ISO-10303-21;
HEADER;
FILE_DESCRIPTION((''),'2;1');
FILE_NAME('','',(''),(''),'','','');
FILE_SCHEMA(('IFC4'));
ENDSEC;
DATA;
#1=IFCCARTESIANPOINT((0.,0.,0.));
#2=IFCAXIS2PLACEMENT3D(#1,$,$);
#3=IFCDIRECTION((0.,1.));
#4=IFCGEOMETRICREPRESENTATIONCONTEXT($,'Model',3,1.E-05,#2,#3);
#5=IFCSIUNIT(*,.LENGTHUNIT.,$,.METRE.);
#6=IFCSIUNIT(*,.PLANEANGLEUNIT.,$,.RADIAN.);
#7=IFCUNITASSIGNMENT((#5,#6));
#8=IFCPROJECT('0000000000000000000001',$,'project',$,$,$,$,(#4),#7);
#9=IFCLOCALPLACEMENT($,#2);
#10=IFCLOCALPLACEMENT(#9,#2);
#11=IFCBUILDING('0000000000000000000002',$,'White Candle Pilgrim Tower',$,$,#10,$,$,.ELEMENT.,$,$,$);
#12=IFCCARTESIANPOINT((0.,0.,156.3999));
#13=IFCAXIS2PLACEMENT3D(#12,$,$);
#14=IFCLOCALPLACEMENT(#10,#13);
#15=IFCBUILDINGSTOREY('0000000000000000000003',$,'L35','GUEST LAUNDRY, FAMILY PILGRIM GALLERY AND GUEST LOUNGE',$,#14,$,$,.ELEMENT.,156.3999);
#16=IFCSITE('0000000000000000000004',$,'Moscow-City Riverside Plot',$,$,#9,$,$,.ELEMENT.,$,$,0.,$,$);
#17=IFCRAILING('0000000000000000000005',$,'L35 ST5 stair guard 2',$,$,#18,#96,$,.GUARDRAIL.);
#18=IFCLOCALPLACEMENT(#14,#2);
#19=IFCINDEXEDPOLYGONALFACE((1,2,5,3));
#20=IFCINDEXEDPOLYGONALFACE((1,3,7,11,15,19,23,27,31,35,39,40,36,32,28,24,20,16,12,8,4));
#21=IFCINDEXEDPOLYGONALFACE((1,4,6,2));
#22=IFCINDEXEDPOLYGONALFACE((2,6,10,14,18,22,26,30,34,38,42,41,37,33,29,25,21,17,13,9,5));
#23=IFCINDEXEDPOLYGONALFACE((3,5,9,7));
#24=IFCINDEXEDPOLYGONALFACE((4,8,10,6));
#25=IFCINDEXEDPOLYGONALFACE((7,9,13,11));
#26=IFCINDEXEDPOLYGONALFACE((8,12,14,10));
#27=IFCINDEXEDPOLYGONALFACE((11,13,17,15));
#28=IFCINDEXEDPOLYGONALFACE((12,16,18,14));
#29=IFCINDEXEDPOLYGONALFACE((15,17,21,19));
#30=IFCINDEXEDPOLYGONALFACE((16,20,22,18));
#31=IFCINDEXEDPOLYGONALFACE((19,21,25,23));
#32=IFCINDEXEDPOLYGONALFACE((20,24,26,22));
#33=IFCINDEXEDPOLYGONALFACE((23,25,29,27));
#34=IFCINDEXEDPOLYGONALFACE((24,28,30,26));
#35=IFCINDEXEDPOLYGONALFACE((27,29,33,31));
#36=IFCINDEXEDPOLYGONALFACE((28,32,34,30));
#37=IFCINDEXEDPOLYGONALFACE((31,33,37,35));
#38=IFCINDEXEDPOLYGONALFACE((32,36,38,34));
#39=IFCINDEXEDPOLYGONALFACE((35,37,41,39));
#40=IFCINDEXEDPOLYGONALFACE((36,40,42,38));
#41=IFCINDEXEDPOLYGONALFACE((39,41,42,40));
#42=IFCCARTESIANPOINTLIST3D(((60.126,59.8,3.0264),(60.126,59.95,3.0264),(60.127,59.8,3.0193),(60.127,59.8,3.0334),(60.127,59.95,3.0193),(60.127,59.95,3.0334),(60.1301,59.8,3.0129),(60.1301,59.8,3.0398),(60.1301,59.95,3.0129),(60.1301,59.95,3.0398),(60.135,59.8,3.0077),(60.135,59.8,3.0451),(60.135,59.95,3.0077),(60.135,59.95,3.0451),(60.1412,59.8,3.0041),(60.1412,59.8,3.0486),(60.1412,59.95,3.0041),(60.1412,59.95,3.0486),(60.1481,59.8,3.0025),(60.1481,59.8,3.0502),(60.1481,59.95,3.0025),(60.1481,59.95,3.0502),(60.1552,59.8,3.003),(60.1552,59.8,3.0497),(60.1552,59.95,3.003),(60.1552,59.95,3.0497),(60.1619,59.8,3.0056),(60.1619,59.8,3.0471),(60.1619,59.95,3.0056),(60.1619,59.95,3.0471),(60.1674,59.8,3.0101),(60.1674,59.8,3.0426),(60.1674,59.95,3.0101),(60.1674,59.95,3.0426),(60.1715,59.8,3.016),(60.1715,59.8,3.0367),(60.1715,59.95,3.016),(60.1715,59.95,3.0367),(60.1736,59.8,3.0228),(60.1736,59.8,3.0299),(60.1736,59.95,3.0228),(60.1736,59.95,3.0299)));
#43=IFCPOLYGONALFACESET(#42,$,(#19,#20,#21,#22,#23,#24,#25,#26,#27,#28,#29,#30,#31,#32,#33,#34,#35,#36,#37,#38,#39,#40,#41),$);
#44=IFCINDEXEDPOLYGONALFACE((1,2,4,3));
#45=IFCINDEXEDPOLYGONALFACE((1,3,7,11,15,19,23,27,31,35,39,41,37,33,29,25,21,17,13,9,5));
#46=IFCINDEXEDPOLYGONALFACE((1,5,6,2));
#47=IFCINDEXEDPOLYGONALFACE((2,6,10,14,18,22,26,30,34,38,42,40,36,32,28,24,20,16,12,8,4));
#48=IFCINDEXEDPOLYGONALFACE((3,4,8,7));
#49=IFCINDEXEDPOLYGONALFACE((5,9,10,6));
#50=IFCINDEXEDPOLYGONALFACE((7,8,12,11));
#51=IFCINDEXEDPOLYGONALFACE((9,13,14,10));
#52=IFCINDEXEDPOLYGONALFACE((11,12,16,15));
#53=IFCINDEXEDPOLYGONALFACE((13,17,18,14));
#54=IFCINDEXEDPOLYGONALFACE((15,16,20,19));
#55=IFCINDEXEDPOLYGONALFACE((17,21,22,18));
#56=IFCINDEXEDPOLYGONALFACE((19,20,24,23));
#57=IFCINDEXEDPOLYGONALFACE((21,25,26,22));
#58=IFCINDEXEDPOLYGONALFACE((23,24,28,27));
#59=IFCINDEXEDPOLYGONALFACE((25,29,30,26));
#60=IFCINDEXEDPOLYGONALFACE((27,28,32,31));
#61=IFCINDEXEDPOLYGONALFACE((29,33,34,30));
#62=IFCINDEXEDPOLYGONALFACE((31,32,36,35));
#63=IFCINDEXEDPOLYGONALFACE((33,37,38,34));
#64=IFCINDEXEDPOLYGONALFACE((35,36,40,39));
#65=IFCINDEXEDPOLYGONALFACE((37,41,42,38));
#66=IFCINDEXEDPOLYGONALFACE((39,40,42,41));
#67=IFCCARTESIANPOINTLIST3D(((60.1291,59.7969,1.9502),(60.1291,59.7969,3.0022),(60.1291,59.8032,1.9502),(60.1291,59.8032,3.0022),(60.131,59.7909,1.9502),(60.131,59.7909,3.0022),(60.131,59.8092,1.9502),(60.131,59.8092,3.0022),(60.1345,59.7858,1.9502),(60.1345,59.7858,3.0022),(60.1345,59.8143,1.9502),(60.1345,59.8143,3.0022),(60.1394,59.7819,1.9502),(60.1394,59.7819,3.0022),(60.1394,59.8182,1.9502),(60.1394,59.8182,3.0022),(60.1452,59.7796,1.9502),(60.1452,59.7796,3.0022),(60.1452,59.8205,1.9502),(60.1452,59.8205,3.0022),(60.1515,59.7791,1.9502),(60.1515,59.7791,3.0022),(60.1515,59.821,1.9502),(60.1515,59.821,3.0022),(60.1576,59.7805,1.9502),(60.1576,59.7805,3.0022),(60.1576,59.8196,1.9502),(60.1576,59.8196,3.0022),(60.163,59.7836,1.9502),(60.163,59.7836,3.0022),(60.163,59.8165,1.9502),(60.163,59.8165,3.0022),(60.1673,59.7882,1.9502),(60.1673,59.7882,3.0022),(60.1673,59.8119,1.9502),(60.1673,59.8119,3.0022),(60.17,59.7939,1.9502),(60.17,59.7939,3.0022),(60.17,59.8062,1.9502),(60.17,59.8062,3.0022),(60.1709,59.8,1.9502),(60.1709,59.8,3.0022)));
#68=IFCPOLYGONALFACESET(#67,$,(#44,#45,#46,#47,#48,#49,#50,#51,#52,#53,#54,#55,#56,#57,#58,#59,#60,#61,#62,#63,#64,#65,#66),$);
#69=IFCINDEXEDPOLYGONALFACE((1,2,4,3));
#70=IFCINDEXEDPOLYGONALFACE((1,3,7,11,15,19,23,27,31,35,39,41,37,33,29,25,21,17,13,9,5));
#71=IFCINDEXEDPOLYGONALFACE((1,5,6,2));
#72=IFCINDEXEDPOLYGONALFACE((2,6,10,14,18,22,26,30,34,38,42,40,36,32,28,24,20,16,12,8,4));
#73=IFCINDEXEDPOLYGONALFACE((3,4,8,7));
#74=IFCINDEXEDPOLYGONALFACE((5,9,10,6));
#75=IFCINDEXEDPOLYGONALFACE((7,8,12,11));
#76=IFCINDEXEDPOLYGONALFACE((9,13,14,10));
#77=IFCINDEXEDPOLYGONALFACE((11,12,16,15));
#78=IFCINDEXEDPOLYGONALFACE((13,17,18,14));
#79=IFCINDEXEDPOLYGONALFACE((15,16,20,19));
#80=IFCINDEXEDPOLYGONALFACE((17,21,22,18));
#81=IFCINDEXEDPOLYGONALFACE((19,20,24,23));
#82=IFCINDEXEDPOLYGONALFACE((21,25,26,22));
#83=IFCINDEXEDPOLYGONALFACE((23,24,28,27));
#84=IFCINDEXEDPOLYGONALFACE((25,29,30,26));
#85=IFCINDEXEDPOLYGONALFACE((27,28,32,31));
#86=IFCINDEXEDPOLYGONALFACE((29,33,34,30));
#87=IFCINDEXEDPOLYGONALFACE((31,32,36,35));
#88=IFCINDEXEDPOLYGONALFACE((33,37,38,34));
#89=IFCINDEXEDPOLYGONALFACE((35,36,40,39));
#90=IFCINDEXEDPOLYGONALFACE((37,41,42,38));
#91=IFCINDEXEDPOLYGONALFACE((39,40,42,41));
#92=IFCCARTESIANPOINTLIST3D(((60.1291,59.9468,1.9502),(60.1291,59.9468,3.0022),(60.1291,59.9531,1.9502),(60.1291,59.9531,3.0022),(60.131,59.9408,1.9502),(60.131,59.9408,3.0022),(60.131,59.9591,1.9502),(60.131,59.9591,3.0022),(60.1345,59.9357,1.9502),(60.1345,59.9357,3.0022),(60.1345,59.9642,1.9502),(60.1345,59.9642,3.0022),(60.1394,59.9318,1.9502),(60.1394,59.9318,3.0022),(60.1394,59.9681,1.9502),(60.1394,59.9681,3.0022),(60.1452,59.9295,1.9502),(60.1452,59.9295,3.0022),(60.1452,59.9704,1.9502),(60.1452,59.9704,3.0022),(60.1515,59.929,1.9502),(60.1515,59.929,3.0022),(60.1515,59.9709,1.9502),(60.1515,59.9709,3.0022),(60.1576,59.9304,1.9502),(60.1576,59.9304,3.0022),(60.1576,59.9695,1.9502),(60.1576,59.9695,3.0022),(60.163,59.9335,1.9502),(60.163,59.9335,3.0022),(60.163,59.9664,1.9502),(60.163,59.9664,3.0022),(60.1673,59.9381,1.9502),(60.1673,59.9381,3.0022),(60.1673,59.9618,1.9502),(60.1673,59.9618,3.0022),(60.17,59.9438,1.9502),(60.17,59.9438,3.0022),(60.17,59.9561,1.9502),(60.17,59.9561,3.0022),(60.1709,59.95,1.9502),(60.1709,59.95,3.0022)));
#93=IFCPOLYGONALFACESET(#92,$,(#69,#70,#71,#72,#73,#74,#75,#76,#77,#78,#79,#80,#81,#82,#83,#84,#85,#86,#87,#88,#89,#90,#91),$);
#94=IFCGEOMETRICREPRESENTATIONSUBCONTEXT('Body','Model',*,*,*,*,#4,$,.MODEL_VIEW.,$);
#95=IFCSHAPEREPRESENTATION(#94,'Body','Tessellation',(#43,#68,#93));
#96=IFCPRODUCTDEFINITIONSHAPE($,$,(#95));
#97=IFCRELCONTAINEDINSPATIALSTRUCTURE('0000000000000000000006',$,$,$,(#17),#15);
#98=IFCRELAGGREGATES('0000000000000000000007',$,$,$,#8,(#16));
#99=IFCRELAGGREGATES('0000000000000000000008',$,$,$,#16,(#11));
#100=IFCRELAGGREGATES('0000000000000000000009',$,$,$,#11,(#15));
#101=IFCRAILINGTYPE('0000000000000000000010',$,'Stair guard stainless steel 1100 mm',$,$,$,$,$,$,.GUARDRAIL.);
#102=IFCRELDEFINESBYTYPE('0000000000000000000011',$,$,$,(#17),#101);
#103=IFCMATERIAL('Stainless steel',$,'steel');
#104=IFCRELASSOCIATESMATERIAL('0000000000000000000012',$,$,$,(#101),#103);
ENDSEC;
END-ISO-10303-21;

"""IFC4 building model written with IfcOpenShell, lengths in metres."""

from ifc_helpers import new_model, si_unit, direction, frame, origin, origin_2d, place, context, subcontext, project, spatial, circle, extrude, material, type_object, element, save


model = new_model("IFC4")

# Units and contexts
model_context = context("Model", 3, precision=1e-05, world=origin(), true_north=direction((0.0, 1.0)))
body_context = subcontext(model_context, "Body", "Model", "MODEL_VIEW")
ifc_project = project(units=[si_unit("LENGTHUNIT", "METRE"), si_unit("PLANEANGLEUNIT", "RADIAN")], contexts=[model_context])

# Site, building, storey
site_placement = place(None, origin())
site = spatial("IfcSite", under=ifc_project, at=site_placement, Name="Moscow-City Riverside Plot", CompositionType="ELEMENT", RefElevation=0.0)
building_placement = place(site_placement, origin())
building = spatial("IfcBuilding", under=site, at=building_placement, Name="White Candle Pilgrim Tower", CompositionType="ELEMENT")
storey_placement = place(building_placement, frame((0.0, 0.0, 156.3999)))
storey = spatial("IfcBuildingStorey", under=building, at=storey_placement, Name="L35", Description="GUEST LAUNDRY, FAMILY PILGRIM GALLERY AND GUEST LOUNGE", CompositionType="ELEMENT", Elevation=156.3999)

# Railing
ifc_material_1 = material(Name="Stainless steel", Category="steel")
railing_type_1 = type_object("IfcRailingType", Name="Stair guard stainless steel 1100 mm", PredefinedType="GUARDRAIL", material=ifc_material_1)
railing_1_placement = place(storey_placement, frame((60.1499, 59.8, 1.9502)))
element("IfcRailing", 1, at=railing_1_placement, inside=storey, type_object=railing_type_1, Name="L35 ST5 stair guard 2", PredefinedType="GUARDRAIL", context=body_context, shape_type="SweptSolid", body=[
    extrude(circle(Radius=0.0239, at=origin_2d()), frame((0.0, 0.0, 1.0762), z_axis=(0.0, 1.0, 0.0), x_axis=(-1.0, 0.0, 0.0)), (0.0, 0.0, 1.0), 0.1499),
    extrude(circle(Radius=0.021, at=origin_2d()), origin(), (0.0, 0.0, 1.0), 1.052),
    extrude(circle(Radius=0.021, at=origin_2d()), frame((0.0, 0.1499, 0.0)), (0.0, 0.0, 1.0), 1.052),
])

save(model, "model.ifc")
